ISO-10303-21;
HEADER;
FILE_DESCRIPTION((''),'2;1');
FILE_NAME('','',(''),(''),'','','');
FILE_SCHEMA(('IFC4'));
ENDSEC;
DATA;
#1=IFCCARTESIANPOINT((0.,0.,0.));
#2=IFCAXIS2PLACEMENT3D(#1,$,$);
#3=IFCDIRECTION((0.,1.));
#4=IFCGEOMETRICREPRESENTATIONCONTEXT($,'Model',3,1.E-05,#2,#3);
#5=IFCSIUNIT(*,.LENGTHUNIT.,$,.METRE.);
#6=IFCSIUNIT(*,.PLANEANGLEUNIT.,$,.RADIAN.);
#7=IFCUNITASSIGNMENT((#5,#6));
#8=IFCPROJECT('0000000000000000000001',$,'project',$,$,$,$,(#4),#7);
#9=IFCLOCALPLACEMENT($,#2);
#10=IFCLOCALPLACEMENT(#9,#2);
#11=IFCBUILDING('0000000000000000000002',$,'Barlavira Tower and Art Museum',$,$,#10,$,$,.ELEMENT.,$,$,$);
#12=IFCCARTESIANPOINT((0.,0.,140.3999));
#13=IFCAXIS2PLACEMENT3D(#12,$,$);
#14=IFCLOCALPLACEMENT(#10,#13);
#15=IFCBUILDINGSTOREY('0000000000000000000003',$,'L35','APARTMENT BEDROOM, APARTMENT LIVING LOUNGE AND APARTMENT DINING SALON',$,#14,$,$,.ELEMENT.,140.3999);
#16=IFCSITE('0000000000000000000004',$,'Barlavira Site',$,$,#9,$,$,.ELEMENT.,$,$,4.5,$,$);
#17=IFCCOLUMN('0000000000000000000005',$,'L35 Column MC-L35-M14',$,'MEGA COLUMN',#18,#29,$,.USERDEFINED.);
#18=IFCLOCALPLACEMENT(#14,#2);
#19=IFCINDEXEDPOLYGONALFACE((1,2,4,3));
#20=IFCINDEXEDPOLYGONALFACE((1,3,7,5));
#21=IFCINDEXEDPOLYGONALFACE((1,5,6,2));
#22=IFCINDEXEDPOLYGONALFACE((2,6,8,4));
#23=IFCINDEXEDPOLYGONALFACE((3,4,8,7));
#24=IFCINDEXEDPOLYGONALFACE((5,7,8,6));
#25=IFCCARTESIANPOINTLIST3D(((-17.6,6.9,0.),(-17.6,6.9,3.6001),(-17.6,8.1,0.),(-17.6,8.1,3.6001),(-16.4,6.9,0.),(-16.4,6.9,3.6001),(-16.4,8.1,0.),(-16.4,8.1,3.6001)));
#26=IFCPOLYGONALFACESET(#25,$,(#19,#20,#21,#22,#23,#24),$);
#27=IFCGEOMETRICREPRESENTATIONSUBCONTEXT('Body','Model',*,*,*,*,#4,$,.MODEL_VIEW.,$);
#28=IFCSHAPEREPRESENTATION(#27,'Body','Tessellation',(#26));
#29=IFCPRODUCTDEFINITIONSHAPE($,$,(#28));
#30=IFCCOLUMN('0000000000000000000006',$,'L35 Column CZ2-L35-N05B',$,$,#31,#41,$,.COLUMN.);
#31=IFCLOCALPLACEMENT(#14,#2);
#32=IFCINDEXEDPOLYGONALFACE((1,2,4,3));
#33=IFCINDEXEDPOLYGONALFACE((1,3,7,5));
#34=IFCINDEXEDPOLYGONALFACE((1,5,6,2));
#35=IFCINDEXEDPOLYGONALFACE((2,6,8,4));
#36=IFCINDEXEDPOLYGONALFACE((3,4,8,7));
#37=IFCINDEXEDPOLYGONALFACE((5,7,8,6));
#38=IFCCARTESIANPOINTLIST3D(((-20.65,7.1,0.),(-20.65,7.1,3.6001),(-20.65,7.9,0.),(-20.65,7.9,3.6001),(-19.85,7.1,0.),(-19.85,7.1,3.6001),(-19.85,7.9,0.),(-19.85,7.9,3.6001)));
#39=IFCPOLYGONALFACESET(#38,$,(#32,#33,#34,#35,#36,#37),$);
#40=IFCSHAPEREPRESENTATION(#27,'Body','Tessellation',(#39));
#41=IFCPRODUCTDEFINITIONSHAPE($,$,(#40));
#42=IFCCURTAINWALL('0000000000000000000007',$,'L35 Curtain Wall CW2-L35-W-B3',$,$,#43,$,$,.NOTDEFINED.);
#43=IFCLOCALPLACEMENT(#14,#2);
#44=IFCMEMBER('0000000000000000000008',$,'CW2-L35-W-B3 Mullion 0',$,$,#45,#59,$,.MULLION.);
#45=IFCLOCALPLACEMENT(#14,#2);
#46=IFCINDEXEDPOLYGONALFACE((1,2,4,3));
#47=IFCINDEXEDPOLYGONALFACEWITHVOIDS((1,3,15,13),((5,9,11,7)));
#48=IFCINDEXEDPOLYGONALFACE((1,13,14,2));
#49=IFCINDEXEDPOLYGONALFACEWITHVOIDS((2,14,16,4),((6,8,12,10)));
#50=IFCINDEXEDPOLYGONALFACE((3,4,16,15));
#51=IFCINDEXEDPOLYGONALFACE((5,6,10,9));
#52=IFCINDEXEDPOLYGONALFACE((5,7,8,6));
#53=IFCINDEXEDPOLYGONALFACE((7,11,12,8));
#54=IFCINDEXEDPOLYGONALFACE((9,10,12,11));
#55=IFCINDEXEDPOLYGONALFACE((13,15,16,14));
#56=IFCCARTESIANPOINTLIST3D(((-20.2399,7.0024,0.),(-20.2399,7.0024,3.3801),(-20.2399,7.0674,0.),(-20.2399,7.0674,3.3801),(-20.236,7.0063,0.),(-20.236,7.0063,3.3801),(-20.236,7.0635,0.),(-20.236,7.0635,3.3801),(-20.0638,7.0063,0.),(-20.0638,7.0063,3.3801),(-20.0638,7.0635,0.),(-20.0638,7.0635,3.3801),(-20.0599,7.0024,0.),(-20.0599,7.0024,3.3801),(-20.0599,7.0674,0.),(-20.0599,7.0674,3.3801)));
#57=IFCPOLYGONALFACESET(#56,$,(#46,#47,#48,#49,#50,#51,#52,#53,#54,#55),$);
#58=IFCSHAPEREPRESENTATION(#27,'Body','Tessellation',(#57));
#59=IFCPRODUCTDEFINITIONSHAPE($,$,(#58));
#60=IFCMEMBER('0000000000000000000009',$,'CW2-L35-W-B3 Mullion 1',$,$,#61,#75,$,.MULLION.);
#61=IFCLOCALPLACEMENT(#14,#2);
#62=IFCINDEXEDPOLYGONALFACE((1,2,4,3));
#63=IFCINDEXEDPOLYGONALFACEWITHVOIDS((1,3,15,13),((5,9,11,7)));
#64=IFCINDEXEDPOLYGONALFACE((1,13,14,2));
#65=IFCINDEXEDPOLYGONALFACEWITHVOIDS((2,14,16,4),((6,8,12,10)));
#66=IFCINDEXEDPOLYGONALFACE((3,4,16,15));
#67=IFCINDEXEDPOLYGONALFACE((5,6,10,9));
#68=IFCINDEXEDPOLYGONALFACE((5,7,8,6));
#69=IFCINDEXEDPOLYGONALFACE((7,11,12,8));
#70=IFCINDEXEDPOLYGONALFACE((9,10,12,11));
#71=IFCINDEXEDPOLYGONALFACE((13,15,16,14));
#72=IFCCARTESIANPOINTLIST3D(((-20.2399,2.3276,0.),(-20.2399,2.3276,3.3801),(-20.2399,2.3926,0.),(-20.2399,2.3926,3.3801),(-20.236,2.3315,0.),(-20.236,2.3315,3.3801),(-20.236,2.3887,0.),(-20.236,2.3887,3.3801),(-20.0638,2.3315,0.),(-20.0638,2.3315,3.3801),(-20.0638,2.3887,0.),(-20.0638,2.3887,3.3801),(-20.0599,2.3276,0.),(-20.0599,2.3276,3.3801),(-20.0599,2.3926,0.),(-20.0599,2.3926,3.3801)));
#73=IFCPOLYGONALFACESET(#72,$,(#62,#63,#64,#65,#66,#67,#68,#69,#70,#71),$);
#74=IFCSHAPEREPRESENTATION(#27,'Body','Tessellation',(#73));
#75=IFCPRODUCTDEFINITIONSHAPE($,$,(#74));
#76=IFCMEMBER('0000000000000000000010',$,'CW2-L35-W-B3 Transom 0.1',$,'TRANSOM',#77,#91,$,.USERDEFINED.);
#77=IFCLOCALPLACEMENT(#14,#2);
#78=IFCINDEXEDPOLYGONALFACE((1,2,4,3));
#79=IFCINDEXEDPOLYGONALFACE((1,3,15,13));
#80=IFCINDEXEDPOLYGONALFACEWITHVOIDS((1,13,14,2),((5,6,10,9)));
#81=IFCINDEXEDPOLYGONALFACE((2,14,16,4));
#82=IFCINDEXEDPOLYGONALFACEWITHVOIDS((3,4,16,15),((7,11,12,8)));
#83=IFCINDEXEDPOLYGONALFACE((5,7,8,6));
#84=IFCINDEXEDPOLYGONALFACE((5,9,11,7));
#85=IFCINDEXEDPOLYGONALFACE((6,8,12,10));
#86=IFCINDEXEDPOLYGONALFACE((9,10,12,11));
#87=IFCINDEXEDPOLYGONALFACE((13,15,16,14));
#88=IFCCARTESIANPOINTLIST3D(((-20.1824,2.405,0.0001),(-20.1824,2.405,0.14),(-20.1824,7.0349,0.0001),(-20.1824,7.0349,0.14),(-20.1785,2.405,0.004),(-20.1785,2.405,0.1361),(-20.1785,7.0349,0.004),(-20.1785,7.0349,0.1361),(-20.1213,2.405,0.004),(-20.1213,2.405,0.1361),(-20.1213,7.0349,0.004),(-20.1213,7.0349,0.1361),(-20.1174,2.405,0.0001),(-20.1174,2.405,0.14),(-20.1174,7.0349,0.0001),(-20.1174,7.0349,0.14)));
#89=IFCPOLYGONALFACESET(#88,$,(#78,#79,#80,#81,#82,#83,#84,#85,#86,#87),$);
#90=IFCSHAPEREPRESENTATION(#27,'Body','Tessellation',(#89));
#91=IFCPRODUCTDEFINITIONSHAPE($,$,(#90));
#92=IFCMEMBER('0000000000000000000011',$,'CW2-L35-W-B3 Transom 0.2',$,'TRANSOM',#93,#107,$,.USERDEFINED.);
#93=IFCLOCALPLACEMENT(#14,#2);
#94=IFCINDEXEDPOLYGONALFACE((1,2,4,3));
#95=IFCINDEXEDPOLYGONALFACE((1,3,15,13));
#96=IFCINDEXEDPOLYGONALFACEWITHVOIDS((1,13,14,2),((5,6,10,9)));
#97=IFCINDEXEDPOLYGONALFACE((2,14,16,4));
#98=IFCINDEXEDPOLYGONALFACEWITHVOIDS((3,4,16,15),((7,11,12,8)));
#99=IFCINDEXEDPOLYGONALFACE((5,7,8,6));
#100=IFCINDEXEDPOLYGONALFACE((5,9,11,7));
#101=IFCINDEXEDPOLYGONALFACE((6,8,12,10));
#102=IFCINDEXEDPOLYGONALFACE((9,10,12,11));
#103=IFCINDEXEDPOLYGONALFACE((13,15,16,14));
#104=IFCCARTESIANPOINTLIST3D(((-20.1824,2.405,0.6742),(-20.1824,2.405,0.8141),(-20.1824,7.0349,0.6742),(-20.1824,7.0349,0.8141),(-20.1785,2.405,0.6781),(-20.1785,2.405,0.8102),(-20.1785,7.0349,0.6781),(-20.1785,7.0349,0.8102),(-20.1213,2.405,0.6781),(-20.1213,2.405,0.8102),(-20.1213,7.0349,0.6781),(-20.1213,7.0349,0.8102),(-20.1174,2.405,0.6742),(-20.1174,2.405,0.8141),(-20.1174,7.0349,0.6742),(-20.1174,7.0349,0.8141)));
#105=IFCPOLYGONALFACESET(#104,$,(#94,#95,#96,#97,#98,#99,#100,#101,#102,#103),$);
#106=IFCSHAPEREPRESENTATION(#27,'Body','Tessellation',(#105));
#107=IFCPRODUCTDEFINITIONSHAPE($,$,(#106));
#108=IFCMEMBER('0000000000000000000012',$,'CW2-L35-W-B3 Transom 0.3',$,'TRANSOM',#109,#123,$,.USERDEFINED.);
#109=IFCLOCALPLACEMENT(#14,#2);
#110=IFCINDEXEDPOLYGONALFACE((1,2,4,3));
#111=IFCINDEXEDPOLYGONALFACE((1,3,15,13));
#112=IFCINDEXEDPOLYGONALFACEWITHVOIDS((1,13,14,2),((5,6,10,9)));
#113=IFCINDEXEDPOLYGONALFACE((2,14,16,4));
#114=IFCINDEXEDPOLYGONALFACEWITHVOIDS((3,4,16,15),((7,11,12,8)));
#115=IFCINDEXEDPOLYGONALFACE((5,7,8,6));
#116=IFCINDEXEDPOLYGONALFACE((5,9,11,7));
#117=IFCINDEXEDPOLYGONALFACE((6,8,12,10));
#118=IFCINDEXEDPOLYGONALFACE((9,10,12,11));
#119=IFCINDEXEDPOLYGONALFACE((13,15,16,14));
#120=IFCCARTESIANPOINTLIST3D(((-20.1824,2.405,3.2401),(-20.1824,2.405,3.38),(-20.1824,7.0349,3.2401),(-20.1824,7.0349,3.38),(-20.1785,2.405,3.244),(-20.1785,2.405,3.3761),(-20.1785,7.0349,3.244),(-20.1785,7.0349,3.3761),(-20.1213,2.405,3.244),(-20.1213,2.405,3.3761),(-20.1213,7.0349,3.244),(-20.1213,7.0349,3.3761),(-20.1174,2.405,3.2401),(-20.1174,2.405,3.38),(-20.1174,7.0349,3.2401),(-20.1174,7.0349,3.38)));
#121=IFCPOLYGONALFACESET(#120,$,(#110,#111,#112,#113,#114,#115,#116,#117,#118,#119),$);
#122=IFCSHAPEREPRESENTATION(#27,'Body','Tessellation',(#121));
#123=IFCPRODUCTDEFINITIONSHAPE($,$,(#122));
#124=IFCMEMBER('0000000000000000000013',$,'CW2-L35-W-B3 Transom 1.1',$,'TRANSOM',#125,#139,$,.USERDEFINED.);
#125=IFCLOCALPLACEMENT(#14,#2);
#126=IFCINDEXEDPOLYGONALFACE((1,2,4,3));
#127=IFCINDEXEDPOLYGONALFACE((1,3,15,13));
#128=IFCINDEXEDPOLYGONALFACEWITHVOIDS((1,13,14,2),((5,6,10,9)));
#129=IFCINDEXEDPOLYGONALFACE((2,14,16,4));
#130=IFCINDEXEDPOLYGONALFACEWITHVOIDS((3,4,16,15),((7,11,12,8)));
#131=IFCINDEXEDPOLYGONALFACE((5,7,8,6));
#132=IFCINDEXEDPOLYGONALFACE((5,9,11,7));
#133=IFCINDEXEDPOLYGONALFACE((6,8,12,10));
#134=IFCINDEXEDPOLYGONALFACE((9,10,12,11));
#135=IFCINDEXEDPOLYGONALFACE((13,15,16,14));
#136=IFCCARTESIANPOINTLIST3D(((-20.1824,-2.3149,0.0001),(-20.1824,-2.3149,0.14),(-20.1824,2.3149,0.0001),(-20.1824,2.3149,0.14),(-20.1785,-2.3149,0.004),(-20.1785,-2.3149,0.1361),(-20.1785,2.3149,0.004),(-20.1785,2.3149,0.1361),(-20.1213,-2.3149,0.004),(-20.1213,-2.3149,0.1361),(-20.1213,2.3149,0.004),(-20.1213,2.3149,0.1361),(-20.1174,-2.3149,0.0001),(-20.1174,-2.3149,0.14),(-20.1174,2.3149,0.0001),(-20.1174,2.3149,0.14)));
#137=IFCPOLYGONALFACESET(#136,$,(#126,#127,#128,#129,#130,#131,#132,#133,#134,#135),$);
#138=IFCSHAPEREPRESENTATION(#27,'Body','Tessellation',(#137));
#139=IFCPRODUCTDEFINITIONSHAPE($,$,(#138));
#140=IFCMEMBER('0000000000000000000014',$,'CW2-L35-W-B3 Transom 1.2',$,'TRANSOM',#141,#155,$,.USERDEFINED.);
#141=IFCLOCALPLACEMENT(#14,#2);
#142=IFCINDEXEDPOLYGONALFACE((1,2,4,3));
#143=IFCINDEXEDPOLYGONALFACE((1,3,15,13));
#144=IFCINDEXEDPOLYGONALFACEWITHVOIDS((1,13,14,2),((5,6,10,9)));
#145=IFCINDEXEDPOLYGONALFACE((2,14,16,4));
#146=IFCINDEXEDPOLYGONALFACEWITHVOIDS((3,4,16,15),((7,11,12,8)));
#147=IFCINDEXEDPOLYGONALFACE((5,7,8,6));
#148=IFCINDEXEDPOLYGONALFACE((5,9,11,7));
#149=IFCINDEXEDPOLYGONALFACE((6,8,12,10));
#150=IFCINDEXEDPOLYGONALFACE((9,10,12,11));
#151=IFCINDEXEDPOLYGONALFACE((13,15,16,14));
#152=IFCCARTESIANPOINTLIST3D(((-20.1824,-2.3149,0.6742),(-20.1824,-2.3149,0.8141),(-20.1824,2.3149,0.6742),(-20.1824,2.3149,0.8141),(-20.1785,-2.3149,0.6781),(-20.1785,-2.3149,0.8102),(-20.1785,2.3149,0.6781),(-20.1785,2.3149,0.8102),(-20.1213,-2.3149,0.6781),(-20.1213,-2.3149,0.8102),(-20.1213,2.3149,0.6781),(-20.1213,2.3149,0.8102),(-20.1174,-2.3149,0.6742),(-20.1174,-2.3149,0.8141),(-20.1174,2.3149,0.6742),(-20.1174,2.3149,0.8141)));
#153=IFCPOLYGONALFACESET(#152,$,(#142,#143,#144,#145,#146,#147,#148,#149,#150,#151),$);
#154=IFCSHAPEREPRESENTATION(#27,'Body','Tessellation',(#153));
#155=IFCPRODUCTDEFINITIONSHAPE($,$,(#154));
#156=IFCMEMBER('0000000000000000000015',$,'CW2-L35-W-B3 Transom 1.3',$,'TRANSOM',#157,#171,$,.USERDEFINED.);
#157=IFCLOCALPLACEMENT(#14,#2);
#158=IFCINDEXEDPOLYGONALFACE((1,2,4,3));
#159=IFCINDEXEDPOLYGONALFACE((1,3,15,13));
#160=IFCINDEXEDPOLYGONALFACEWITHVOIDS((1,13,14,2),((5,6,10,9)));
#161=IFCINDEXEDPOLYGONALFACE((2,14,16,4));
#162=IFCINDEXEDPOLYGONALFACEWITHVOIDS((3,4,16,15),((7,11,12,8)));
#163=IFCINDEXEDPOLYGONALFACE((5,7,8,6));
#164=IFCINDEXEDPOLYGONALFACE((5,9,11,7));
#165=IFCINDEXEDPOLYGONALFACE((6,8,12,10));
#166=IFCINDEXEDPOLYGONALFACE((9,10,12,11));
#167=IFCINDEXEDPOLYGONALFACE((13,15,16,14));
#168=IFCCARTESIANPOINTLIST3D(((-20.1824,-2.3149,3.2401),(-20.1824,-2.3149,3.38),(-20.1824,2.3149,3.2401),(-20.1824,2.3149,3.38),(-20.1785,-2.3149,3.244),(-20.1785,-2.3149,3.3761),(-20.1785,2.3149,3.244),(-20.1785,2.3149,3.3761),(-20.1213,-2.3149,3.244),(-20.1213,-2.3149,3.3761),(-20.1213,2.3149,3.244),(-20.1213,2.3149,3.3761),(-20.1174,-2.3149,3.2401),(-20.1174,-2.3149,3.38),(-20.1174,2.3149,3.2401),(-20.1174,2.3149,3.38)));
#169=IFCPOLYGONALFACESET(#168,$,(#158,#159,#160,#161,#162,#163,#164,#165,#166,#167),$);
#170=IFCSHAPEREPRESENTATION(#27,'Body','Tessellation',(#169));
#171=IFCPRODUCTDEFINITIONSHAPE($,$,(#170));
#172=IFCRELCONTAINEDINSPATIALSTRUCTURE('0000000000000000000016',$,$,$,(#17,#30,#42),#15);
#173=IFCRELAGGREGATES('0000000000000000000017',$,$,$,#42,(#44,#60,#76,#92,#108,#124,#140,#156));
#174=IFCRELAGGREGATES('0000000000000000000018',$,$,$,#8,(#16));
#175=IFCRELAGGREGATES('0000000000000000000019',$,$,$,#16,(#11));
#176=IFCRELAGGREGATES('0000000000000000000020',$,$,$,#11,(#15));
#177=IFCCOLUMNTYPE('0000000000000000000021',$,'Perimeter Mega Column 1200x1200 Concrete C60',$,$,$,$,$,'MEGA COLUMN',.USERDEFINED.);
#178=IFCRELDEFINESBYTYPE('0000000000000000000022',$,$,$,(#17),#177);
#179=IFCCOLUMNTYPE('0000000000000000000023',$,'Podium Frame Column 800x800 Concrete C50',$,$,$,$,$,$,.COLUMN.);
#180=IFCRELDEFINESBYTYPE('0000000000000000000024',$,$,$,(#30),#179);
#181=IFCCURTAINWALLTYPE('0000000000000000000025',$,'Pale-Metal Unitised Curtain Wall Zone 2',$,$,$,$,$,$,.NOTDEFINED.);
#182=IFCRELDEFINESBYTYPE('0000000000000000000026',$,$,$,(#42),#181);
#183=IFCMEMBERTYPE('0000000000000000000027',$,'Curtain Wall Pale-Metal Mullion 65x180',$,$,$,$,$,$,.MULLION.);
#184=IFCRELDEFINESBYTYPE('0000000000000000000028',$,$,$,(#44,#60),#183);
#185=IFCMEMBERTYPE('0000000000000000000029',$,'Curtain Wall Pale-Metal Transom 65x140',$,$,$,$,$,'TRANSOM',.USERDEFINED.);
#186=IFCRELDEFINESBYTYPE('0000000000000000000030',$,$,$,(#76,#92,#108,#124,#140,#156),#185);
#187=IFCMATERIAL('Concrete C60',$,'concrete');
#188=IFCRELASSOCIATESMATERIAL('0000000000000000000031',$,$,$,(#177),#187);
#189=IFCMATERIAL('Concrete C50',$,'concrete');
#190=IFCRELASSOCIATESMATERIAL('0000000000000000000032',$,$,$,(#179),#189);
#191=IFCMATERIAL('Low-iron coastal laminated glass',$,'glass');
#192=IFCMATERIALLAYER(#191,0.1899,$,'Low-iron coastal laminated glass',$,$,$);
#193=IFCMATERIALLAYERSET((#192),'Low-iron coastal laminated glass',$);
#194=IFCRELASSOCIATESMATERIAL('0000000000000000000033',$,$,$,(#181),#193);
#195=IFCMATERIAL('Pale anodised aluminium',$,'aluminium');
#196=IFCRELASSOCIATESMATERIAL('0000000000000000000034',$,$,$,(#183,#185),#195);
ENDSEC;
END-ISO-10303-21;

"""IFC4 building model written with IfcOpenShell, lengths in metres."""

from ifc_helpers import new_model, si_unit, direction, frame, origin, origin_2d, place, context, subcontext, project, spatial, rectangle, hollow_rectangle, extrude, material, layer, layer_set, material_profile, profile_set, type_object, element, aggregate, save


model = new_model("IFC4")

# Units and contexts
model_context = context("Model", 3, precision=1e-05, world=origin(), true_north=direction((0.0, 1.0)))
body_context = subcontext(model_context, "Body", "Model", "MODEL_VIEW")
ifc_project = project(units=[si_unit("LENGTHUNIT", "METRE"), si_unit("PLANEANGLEUNIT", "RADIAN")], contexts=[model_context])

# Site, building, storey
site_placement = place(None, origin())
site = spatial("IfcSite", under=ifc_project, at=site_placement, Name="Barlavira Site", CompositionType="ELEMENT", RefElevation=4.5)
building_placement = place(site_placement, origin())
building = spatial("IfcBuilding", under=site, at=building_placement, Name="Barlavira Tower and Art Museum", CompositionType="ELEMENT")
storey_placement = place(building_placement, frame((0.0, 0.0, 140.3999)))
storey = spatial("IfcBuildingStorey", under=building, at=storey_placement, Name="L35", Description="APARTMENT BEDROOM, APARTMENT LIVING LOUNGE AND APARTMENT DINING SALON", CompositionType="ELEMENT", Elevation=140.3999)

# Columns
ifc_material_1 = material(Name="Concrete C60", Category="concrete")
ifc_material_profile_1 = material_profile(ifc_material_1, rectangle(XDim=1.2, YDim=1.2, at=origin_2d()), Name="RC-COL 1200x1200")
ifc_profile_set_1 = profile_set([ifc_material_profile_1], Name="Concrete C60")
column_type_1 = type_object("IfcColumnType", Name="Perimeter Mega Column 1200x1200 Concrete C60", ElementType="MEGA COLUMN", PredefinedType="USERDEFINED", material=ifc_profile_set_1)
column_1_placement = place(storey_placement, frame((-17.0, 7.5, 0.0), z_axis=(0.0, 0.0, 1.0), x_axis=(1.0, 0.0, 0.0)))
element("IfcColumn", 1, at=column_1_placement, inside=storey, type_object=column_type_1, Name="L35 Column MC-L35-M14", ObjectType="MEGA COLUMN", PredefinedType="USERDEFINED", context=body_context, shape_type="SweptSolid", body=[
    extrude(rectangle(XDim=1.2, YDim=1.2, at=origin_2d()), origin(), (0.0, 0.0, 1.0), 3.6001),
])
ifc_material_2 = material(Name="Concrete C50", Category="concrete")
ifc_material_profile_2 = material_profile(ifc_material_2, rectangle(XDim=0.8, YDim=0.8, at=origin_2d()), Name="RC-COL 800x800")
ifc_profile_set_2 = profile_set([ifc_material_profile_2], Name="Concrete C50")
column_type_2 = type_object("IfcColumnType", Name="Podium Frame Column 800x800 Concrete C50", PredefinedType="COLUMN", material=ifc_profile_set_2)
column_2_placement = place(storey_placement, frame((-20.25, 7.5, 0.0), z_axis=(0.0, 0.0, 1.0), x_axis=(1.0, 0.0, 0.0)))
element("IfcColumn", 2, at=column_2_placement, inside=storey, type_object=column_type_2, Name="L35 Column CZ2-L35-N05B", PredefinedType="COLUMN", context=body_context, shape_type="SweptSolid", body=[
    extrude(rectangle(XDim=0.8, YDim=0.8, at=origin_2d()), origin(), (0.0, 0.0, 1.0), 3.6001),
])

# Curtain wall, members
ifc_material_3 = material(Name="Low-iron coastal laminated glass", Category="glass")
ifc_layer_1 = layer(ifc_material_3, 0.1899, Name="Low-iron coastal laminated glass")
ifc_layer_set_1 = layer_set([ifc_layer_1], Name="Low-iron coastal laminated glass")
curtain_wall_type = type_object("IfcCurtainWallType", Name="Pale-Metal Unitised Curtain Wall Zone 2", PredefinedType="NOTDEFINED", material=ifc_layer_set_1)
curtain_wall_placement = place(storey_placement, origin())
curtain_wall = element("IfcCurtainWall", 3, at=curtain_wall_placement, inside=storey, type_object=curtain_wall_type, Name="L35 Curtain Wall CW2-L35-W-B3", PredefinedType="NOTDEFINED")
ifc_material_4 = material(Name="Pale anodised aluminium", Category="aluminium")
ifc_material_profile_3 = material_profile(ifc_material_4, hollow_rectangle(XDim=0.0649, YDim=0.1799, WallThickness=0.0039, at=origin_2d()), Name="ALU-MULL 65x180x4")
ifc_profile_set_3 = profile_set([ifc_material_profile_3], Name="Pale anodised aluminium")
member_type_1 = type_object("IfcMemberType", Name="Curtain Wall Pale-Metal Mullion 65x180", PredefinedType="MULLION", material=ifc_profile_set_3)
member_1_placement = place(storey_placement, frame((-20.1499, 7.0349, 0.0), z_axis=(0.0, 0.0, 1.0), x_axis=(0.0, -1.0, 0.0)))
member_1 = element("IfcMember", 4, at=member_1_placement, type_object=member_type_1, Name="CW2-L35-W-B3 Mullion 0", PredefinedType="MULLION", context=body_context, shape_type="SweptSolid", body=[
    extrude(hollow_rectangle(XDim=0.0649, YDim=0.1799, WallThickness=0.0039, at=origin_2d()), origin(), (0.0, 0.0, 1.0), 3.3801),
])
member_2_placement = place(storey_placement, frame((-20.1499, 2.3601, 0.0), z_axis=(0.0, 0.0, 1.0), x_axis=(0.0, -1.0, 0.0)))
member_2 = element("IfcMember", 5, at=member_2_placement, type_object=member_type_1, Name="CW2-L35-W-B3 Mullion 1", PredefinedType="MULLION", context=body_context, shape_type="SweptSolid", body=[
    extrude(hollow_rectangle(XDim=0.0649, YDim=0.1799, WallThickness=0.0039, at=origin_2d()), origin(), (0.0, 0.0, 1.0), 3.3801),
])
ifc_material_profile_4 = material_profile(ifc_material_4, hollow_rectangle(XDim=0.0649, YDim=0.1399, WallThickness=0.0039, at=origin_2d()), Name="ALU-TRAN 65x140x4")
ifc_profile_set_4 = profile_set([ifc_material_profile_4], Name="Pale anodised aluminium")
member_type_2 = type_object("IfcMemberType", Name="Curtain Wall Pale-Metal Transom 65x140", ElementType="TRANSOM", PredefinedType="USERDEFINED", material=ifc_profile_set_4)
member_3_placement = place(storey_placement, frame((-20.1499, 7.0349, 0.0701), z_axis=(0.0, -1.0, 0.0), x_axis=(1.0, 0.0, 0.0)))
member_3 = element("IfcMember", 6, at=member_3_placement, type_object=member_type_2, Name="CW2-L35-W-B3 Transom 0.1", ObjectType="TRANSOM", PredefinedType="USERDEFINED", context=body_context, shape_type="SweptSolid", body=[
    extrude(hollow_rectangle(XDim=0.0649, YDim=0.1399, WallThickness=0.0039, at=origin_2d()), origin(), (0.0, 0.0, 1.0), 4.6299),
])
member_4_placement = place(storey_placement, frame((-20.1499, 7.0349, 0.7441), z_axis=(0.0, -1.0, 0.0), x_axis=(1.0, 0.0, 0.0)))
member_4 = element("IfcMember", 7, at=member_4_placement, type_object=member_type_2, Name="CW2-L35-W-B3 Transom 0.2", ObjectType="TRANSOM", PredefinedType="USERDEFINED", context=body_context, shape_type="SweptSolid", body=[
    extrude(hollow_rectangle(XDim=0.0649, YDim=0.1399, WallThickness=0.0039, at=origin_2d()), origin(), (0.0, 0.0, 1.0), 4.6299),
])
member_5_placement = place(storey_placement, frame((-20.1499, 7.0349, 3.3101), z_axis=(0.0, -1.0, 0.0), x_axis=(1.0, 0.0, 0.0)))
member_5 = element("IfcMember", 8, at=member_5_placement, type_object=member_type_2, Name="CW2-L35-W-B3 Transom 0.3", ObjectType="TRANSOM", PredefinedType="USERDEFINED", context=body_context, shape_type="SweptSolid", body=[
    extrude(hollow_rectangle(XDim=0.0649, YDim=0.1399, WallThickness=0.0039, at=origin_2d()), origin(), (0.0, 0.0, 1.0), 4.6299),
])
member_6_placement = place(storey_placement, frame((-20.1499, 2.3149, 0.0701), z_axis=(0.0, -1.0, 0.0), x_axis=(1.0, 0.0, 0.0)))
member_6 = element("IfcMember", 9, at=member_6_placement, type_object=member_type_2, Name="CW2-L35-W-B3 Transom 1.1", ObjectType="TRANSOM", PredefinedType="USERDEFINED", context=body_context, shape_type="SweptSolid", body=[
    extrude(hollow_rectangle(XDim=0.0649, YDim=0.1399, WallThickness=0.0039, at=origin_2d()), origin(), (0.0, 0.0, 1.0), 4.6299),
])
member_7_placement = place(storey_placement, frame((-20.1499, 2.3149, 0.7441), z_axis=(0.0, -1.0, 0.0), x_axis=(1.0, 0.0, 0.0)))
member_7 = element("IfcMember", 10, at=member_7_placement, type_object=member_type_2, Name="CW2-L35-W-B3 Transom 1.2", ObjectType="TRANSOM", PredefinedType="USERDEFINED", context=body_context, shape_type="SweptSolid", body=[
    extrude(hollow_rectangle(XDim=0.0649, YDim=0.1399, WallThickness=0.0039, at=origin_2d()), origin(), (0.0, 0.0, 1.0), 4.6299),
])
member_8_placement = place(storey_placement, frame((-20.1499, 2.3149, 3.3101), z_axis=(0.0, -1.0, 0.0), x_axis=(1.0, 0.0, 0.0)))
member_8 = element("IfcMember", 11, at=member_8_placement, type_object=member_type_2, Name="CW2-L35-W-B3 Transom 1.3", ObjectType="TRANSOM", PredefinedType="USERDEFINED", context=body_context, shape_type="SweptSolid", body=[
    extrude(hollow_rectangle(XDim=0.0649, YDim=0.1399, WallThickness=0.0039, at=origin_2d()), origin(), (0.0, 0.0, 1.0), 4.6299),
])

aggregate(curtain_wall, [member_1, member_2, member_3, member_4, member_5, member_6, member_7, member_8])

save(model, "model.ifc")
